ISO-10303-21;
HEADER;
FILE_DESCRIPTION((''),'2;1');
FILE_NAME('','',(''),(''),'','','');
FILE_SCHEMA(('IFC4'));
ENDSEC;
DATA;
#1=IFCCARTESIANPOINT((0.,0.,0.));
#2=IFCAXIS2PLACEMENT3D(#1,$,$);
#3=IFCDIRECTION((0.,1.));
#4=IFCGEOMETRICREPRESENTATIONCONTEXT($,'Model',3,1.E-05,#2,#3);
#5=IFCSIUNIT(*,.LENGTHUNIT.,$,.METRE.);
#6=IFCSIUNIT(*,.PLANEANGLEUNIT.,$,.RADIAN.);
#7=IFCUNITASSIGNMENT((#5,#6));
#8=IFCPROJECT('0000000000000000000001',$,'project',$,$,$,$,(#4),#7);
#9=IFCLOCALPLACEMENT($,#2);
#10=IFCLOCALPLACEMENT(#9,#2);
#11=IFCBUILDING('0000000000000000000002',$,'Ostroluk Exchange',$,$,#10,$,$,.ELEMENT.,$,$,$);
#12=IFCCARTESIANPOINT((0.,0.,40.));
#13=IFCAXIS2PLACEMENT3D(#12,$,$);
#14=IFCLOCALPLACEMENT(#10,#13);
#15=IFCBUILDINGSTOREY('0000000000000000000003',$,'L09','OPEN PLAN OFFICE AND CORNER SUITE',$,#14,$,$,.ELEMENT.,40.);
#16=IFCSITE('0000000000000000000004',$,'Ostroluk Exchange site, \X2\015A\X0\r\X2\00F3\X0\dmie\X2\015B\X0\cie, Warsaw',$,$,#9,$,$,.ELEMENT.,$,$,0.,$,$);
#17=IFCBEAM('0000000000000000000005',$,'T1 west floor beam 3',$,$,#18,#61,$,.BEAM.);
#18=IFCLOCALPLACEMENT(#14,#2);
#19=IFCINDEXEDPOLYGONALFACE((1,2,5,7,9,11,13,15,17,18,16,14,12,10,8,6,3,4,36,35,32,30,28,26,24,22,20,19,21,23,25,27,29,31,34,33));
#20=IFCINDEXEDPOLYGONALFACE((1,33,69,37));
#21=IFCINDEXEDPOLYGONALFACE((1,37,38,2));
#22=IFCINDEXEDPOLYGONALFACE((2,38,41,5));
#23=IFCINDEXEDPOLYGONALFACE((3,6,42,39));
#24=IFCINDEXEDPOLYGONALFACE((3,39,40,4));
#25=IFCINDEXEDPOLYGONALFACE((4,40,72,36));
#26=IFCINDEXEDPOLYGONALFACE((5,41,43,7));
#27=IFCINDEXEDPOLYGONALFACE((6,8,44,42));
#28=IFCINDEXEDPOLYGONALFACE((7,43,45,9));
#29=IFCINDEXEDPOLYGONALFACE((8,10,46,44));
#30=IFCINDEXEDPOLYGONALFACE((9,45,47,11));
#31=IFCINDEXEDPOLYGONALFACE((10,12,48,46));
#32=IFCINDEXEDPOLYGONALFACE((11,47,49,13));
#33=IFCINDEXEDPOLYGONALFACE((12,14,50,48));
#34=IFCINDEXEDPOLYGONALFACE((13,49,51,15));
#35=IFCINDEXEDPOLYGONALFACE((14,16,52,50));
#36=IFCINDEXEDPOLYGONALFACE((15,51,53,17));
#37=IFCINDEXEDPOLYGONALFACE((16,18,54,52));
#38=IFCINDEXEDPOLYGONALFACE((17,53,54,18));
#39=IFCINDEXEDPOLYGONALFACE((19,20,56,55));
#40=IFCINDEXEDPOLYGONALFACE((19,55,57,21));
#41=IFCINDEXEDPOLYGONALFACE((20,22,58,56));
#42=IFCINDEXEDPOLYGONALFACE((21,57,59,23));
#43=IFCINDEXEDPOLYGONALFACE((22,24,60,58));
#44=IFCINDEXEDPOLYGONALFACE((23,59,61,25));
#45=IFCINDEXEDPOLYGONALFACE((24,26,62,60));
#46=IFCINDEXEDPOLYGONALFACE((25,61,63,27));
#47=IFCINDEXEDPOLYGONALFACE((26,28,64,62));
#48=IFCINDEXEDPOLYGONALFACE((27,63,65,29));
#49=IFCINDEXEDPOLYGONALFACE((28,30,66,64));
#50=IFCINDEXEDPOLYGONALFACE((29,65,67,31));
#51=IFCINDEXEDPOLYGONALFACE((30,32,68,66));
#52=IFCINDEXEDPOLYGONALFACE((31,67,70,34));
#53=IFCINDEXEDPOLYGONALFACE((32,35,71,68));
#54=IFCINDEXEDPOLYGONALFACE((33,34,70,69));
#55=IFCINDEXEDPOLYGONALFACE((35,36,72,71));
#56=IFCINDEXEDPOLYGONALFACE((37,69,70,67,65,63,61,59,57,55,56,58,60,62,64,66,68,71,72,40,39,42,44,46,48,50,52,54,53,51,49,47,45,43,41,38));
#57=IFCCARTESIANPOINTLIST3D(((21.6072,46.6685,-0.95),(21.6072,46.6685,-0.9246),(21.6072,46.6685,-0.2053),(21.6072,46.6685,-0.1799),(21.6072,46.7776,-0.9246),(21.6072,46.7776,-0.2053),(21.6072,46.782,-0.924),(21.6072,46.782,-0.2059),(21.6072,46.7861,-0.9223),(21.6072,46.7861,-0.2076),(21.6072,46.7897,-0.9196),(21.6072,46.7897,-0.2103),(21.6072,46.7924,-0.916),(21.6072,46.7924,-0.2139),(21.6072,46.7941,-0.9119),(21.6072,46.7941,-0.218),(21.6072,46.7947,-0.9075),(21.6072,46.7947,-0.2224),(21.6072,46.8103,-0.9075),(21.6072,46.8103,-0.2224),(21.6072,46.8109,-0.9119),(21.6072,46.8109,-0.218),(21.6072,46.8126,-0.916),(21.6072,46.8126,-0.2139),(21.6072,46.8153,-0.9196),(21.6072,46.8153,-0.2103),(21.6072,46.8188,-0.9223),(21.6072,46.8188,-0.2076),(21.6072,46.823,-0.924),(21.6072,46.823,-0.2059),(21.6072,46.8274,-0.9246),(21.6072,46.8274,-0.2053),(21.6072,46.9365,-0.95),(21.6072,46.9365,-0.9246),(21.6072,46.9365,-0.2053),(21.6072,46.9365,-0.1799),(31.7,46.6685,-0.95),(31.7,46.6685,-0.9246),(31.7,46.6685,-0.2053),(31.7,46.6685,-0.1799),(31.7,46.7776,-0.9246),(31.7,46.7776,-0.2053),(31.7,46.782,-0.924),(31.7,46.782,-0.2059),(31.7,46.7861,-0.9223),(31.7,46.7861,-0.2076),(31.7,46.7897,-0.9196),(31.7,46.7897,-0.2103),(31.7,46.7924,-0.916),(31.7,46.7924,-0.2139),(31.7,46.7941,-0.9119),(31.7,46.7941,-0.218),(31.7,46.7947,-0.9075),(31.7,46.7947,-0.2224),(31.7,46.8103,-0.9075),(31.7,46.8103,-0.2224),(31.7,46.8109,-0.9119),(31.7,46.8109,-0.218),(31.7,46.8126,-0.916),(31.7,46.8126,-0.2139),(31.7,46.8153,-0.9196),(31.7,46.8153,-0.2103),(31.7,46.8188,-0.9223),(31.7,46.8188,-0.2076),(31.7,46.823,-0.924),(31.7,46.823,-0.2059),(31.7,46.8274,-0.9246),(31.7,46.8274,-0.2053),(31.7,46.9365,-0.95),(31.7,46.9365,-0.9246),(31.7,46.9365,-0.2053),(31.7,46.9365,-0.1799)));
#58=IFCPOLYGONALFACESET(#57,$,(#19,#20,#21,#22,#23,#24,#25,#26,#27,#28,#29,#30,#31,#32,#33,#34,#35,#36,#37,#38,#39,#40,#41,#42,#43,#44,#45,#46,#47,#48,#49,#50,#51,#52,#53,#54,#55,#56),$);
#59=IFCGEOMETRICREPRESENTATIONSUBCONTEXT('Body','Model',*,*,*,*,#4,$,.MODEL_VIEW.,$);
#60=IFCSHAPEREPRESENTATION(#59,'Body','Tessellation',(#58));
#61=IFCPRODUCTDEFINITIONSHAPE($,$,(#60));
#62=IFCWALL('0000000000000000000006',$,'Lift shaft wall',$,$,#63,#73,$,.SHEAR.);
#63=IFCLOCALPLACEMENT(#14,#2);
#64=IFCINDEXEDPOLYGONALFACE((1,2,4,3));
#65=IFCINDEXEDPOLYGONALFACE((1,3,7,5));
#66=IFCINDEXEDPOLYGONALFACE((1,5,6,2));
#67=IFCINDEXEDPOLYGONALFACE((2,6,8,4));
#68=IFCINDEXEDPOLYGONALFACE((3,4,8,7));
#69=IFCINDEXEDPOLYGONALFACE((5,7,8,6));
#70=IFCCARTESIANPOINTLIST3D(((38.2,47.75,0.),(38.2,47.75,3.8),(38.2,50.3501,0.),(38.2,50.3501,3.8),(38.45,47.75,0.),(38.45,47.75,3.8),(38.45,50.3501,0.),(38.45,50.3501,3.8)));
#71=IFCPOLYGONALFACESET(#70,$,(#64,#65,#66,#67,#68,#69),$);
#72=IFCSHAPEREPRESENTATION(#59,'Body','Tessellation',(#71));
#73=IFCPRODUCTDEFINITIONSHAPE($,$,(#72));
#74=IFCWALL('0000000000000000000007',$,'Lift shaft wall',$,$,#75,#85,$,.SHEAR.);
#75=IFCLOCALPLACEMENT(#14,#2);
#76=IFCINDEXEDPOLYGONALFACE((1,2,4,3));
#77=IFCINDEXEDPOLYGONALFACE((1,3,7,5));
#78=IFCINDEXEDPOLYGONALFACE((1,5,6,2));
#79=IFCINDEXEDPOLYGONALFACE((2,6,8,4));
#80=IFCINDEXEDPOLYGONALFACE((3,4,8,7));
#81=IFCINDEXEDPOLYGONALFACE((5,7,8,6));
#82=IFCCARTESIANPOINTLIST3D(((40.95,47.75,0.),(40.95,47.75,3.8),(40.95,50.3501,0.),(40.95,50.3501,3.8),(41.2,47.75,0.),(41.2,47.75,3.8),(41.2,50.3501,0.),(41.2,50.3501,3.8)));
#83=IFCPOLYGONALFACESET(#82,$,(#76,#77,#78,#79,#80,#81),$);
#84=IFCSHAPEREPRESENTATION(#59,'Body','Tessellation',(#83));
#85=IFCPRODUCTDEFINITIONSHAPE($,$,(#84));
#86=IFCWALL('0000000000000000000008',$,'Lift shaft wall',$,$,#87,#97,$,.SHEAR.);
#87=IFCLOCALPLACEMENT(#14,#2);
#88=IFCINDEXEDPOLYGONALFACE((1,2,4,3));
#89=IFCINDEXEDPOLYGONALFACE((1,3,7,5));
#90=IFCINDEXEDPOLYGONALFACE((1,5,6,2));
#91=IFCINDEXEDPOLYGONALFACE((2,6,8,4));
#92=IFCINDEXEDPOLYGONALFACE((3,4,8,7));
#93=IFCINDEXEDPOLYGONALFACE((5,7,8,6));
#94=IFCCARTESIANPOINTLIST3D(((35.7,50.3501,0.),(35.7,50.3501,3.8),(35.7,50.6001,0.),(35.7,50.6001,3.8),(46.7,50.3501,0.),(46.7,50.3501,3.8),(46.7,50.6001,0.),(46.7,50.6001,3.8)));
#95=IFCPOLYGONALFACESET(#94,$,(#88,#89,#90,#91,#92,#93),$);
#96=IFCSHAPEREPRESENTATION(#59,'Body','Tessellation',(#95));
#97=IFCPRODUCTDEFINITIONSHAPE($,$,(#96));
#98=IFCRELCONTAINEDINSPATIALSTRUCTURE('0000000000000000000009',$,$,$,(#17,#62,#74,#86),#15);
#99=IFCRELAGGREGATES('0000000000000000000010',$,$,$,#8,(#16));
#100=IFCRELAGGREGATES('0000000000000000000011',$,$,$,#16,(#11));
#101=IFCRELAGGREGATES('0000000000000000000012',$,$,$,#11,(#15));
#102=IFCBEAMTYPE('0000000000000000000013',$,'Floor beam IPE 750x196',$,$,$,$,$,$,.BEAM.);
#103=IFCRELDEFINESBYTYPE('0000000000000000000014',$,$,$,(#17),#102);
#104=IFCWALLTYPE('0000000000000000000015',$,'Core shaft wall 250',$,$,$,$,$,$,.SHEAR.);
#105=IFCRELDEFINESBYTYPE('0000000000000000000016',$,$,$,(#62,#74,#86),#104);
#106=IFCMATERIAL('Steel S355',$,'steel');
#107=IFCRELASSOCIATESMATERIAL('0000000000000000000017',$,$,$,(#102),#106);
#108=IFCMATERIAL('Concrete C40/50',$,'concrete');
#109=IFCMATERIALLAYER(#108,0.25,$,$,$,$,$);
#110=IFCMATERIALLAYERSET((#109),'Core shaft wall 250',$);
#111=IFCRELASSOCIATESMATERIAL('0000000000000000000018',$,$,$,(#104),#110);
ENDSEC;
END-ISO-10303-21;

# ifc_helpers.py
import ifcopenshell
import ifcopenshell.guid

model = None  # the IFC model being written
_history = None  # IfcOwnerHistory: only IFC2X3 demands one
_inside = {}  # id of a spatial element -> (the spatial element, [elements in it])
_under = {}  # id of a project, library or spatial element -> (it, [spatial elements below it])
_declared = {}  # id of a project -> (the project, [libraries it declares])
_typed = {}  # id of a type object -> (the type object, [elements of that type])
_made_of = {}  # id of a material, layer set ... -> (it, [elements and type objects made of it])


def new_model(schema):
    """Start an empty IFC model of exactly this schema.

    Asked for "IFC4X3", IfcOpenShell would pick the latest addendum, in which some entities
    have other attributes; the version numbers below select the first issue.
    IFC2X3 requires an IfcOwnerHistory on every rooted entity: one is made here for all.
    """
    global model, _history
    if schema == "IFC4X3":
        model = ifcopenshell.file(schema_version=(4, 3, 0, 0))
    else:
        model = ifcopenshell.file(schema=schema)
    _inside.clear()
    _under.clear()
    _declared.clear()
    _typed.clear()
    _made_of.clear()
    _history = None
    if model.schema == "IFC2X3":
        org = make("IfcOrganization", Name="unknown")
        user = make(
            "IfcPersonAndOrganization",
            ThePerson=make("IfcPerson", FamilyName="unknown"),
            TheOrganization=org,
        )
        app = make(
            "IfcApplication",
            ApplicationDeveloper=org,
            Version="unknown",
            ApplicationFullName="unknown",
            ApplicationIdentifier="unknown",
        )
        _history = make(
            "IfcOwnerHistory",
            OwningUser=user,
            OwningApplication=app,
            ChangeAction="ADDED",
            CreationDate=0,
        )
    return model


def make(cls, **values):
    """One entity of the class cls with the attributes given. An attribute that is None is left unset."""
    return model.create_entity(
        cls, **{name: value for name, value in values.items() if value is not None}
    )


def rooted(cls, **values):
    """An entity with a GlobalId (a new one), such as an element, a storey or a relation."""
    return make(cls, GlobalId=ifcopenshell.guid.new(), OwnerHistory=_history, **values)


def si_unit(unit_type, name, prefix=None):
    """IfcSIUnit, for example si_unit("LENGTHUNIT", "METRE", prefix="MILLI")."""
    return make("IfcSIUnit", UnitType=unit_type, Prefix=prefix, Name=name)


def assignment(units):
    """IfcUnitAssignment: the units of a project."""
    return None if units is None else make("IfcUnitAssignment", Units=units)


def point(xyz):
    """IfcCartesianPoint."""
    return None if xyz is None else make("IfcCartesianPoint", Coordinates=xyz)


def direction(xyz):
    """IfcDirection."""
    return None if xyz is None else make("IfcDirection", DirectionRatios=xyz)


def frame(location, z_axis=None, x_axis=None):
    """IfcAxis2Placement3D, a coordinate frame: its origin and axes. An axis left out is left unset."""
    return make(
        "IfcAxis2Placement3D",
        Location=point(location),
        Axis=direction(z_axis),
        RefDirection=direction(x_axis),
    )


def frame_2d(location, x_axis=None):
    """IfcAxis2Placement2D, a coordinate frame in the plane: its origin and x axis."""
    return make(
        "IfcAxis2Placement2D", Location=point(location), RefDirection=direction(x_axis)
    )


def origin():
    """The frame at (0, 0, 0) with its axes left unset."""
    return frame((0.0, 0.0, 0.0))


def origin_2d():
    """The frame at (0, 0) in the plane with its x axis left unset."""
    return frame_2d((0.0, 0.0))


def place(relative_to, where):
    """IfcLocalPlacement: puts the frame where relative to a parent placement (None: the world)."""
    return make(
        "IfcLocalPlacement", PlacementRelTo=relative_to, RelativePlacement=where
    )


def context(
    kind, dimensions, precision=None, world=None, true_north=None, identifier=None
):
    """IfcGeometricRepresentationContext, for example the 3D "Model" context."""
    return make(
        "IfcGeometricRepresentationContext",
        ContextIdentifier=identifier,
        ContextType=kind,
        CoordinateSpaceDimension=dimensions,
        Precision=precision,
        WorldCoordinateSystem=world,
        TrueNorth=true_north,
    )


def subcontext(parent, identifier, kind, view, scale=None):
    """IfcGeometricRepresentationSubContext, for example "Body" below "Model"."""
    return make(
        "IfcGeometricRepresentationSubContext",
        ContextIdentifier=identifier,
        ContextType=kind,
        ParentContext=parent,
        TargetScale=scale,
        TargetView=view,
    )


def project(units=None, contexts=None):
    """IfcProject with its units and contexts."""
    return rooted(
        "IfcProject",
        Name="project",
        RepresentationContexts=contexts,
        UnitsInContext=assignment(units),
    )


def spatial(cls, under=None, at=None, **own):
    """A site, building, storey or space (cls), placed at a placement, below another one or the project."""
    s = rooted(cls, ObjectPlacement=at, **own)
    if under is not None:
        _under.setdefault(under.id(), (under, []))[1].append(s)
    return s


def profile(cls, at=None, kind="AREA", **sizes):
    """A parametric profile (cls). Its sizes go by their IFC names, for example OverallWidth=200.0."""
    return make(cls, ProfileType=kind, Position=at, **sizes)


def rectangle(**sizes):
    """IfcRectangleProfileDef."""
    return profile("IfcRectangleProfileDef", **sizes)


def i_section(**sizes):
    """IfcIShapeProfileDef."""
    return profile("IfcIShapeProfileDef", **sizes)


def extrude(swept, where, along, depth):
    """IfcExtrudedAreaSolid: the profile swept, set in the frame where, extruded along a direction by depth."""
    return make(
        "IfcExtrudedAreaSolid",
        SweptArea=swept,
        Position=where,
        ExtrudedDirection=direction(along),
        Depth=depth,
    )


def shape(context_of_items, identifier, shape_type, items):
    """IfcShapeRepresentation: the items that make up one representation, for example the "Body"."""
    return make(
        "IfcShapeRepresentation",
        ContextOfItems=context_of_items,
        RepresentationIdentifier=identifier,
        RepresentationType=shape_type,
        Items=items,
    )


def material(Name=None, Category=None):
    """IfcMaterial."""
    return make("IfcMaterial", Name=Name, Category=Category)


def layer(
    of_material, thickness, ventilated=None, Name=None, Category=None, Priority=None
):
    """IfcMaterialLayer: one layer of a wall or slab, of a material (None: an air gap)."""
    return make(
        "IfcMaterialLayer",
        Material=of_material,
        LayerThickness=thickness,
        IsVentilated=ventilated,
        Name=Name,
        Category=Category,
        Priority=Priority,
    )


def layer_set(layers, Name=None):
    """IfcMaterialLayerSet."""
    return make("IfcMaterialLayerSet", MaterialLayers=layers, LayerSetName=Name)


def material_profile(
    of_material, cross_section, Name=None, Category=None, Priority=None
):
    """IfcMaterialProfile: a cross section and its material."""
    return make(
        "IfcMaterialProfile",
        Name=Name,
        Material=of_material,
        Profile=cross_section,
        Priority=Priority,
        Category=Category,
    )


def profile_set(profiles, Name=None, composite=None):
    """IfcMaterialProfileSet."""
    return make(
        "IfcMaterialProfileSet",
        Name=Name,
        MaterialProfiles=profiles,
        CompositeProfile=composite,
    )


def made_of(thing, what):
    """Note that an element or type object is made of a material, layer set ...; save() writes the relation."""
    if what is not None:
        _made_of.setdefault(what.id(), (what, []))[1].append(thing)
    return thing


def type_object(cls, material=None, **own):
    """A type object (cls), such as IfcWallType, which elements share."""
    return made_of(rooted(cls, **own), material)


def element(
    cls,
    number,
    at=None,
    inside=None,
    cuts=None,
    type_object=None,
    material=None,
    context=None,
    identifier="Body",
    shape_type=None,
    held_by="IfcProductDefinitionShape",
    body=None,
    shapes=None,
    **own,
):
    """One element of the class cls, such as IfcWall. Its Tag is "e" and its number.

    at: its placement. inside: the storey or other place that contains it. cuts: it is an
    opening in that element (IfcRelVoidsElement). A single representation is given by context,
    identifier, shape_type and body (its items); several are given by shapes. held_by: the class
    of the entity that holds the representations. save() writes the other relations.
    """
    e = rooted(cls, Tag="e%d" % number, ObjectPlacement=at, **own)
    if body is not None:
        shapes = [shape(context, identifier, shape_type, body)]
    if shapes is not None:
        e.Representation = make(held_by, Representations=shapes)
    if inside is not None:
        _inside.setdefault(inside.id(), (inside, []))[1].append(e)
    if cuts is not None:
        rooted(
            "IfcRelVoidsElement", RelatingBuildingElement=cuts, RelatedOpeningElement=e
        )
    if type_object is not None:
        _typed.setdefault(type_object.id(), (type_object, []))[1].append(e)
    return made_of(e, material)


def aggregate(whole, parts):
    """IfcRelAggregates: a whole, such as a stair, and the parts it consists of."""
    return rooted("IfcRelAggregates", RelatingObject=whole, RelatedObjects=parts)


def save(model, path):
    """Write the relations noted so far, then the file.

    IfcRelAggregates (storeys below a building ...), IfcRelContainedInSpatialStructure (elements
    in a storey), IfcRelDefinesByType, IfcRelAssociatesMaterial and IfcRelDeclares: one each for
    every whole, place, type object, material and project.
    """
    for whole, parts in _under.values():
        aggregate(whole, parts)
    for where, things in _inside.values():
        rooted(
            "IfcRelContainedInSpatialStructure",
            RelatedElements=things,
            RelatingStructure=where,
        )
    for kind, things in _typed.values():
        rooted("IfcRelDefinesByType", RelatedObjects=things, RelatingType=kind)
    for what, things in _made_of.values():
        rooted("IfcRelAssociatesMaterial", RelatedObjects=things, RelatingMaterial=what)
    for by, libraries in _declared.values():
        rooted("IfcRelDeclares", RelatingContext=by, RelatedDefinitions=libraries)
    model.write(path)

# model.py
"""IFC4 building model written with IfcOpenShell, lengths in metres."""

from ifc_helpers import new_model, si_unit, direction, frame, frame_2d, origin, origin_2d, place, context, subcontext, project, spatial, rectangle, i_section, extrude, material, layer, layer_set, material_profile, profile_set, type_object, element, save


model = new_model("IFC4")

# Units and contexts
model_context = context("Model", 3, precision=1e-05, world=origin(), true_north=direction((0.0, 1.0)))
body_context = subcontext(model_context, "Body", "Model", "MODEL_VIEW")
ifc_project = project(units=[si_unit("LENGTHUNIT", "METRE"), si_unit("PLANEANGLEUNIT", "RADIAN")], contexts=[model_context])

# Site, building, storey
site_placement = place(None, origin())
site = spatial("IfcSite", under=ifc_project, at=site_placement, Name="Ostroluk Exchange site, Śródmieście, Warsaw", CompositionType="ELEMENT", RefElevation=0.0)
building_placement = place(site_placement, origin())
building = spatial("IfcBuilding", under=site, at=building_placement, Name="Ostroluk Exchange", CompositionType="ELEMENT")
storey_placement = place(building_placement, frame((0.0, 0.0, 40.0)))
storey = spatial("IfcBuildingStorey", under=building, at=storey_placement, Name="L09", Description="OPEN PLAN OFFICE AND CORNER SUITE", CompositionType="ELEMENT", Elevation=40.0)

# Beam
ifc_material_1 = material(Name="Steel S355", Category="steel")
ifc_material_profile = material_profile(ifc_material_1, i_section(OverallWidth=0.2681, OverallDepth=0.77, WebThickness=0.0156, FlangeThickness=0.0254, FilletRadius=0.0171, at=origin_2d()), Name="IPE 750x196")
ifc_profile_set = profile_set([ifc_material_profile], Name="Steel S355")
beam_type = type_object("IfcBeamType", Name="Floor beam IPE 750x196", PredefinedType="BEAM", material=ifc_profile_set)
beam_placement = place(storey_placement, frame((31.7, 46.8025, -0.5649), z_axis=(-1.0, 0.0, 0.0), x_axis=(0.0, -1.0, 0.0)))
element("IfcBeam", 1, at=beam_placement, inside=storey, type_object=beam_type, Name="T1 west floor beam 3", PredefinedType="BEAM", context=body_context, shape_type="SweptSolid", body=[
    extrude(i_section(OverallWidth=0.2681, OverallDepth=0.77, WebThickness=0.0156, FlangeThickness=0.0254, FilletRadius=0.0171, at=origin_2d()), origin(), (0.0, 0.0, 1.0), 10.0928),
])

# Walls
ifc_material_2 = material(Name="Concrete C40/50", Category="concrete")
ifc_layer = layer(ifc_material_2, 0.25)
ifc_layer_set = layer_set([ifc_layer], Name="Core shaft wall 250")
wall_type = type_object("IfcWallType", Name="Core shaft wall 250", PredefinedType="SHEAR", material=ifc_layer_set)
for number, where, z_axis, x_axis, name in (
    (2, (38.325, 47.75, 0.0), (0.0, 0.0, 1.0), (0.0, 1.0, 0.0), "Lift shaft wall"),
    (3, (41.075, 47.75, 0.0), (0.0, 0.0, 1.0), (0.0, 1.0, 0.0), "Lift shaft wall"),
):
    element("IfcWall", number, at=place(storey_placement, frame(where, z_axis=z_axis, x_axis=x_axis)), inside=storey, type_object=wall_type, Name=name, PredefinedType="SHEAR", context=body_context, shape_type="SweptSolid", body=[
        extrude(rectangle(XDim=2.6001, YDim=0.25, at=frame_2d((1.3, 0.0))), origin(), (0.0, 0.0, 1.0), 3.8),
    ])
wall_1_placement = place(storey_placement, frame((35.7, 50.4751, 0.0), z_axis=(0.0, 0.0, 1.0), x_axis=(1.0, 0.0, 0.0)))
element("IfcWall", 4, at=wall_1_placement, inside=storey, type_object=wall_type, Name="Lift shaft wall", PredefinedType="SHEAR", context=body_context, shape_type="SweptSolid", body=[
    extrude(rectangle(XDim=11.0, YDim=0.25, at=frame_2d((5.5, 0.0))), origin(), (0.0, 0.0, 1.0), 3.8),
])

save(model, "model.ifc")
